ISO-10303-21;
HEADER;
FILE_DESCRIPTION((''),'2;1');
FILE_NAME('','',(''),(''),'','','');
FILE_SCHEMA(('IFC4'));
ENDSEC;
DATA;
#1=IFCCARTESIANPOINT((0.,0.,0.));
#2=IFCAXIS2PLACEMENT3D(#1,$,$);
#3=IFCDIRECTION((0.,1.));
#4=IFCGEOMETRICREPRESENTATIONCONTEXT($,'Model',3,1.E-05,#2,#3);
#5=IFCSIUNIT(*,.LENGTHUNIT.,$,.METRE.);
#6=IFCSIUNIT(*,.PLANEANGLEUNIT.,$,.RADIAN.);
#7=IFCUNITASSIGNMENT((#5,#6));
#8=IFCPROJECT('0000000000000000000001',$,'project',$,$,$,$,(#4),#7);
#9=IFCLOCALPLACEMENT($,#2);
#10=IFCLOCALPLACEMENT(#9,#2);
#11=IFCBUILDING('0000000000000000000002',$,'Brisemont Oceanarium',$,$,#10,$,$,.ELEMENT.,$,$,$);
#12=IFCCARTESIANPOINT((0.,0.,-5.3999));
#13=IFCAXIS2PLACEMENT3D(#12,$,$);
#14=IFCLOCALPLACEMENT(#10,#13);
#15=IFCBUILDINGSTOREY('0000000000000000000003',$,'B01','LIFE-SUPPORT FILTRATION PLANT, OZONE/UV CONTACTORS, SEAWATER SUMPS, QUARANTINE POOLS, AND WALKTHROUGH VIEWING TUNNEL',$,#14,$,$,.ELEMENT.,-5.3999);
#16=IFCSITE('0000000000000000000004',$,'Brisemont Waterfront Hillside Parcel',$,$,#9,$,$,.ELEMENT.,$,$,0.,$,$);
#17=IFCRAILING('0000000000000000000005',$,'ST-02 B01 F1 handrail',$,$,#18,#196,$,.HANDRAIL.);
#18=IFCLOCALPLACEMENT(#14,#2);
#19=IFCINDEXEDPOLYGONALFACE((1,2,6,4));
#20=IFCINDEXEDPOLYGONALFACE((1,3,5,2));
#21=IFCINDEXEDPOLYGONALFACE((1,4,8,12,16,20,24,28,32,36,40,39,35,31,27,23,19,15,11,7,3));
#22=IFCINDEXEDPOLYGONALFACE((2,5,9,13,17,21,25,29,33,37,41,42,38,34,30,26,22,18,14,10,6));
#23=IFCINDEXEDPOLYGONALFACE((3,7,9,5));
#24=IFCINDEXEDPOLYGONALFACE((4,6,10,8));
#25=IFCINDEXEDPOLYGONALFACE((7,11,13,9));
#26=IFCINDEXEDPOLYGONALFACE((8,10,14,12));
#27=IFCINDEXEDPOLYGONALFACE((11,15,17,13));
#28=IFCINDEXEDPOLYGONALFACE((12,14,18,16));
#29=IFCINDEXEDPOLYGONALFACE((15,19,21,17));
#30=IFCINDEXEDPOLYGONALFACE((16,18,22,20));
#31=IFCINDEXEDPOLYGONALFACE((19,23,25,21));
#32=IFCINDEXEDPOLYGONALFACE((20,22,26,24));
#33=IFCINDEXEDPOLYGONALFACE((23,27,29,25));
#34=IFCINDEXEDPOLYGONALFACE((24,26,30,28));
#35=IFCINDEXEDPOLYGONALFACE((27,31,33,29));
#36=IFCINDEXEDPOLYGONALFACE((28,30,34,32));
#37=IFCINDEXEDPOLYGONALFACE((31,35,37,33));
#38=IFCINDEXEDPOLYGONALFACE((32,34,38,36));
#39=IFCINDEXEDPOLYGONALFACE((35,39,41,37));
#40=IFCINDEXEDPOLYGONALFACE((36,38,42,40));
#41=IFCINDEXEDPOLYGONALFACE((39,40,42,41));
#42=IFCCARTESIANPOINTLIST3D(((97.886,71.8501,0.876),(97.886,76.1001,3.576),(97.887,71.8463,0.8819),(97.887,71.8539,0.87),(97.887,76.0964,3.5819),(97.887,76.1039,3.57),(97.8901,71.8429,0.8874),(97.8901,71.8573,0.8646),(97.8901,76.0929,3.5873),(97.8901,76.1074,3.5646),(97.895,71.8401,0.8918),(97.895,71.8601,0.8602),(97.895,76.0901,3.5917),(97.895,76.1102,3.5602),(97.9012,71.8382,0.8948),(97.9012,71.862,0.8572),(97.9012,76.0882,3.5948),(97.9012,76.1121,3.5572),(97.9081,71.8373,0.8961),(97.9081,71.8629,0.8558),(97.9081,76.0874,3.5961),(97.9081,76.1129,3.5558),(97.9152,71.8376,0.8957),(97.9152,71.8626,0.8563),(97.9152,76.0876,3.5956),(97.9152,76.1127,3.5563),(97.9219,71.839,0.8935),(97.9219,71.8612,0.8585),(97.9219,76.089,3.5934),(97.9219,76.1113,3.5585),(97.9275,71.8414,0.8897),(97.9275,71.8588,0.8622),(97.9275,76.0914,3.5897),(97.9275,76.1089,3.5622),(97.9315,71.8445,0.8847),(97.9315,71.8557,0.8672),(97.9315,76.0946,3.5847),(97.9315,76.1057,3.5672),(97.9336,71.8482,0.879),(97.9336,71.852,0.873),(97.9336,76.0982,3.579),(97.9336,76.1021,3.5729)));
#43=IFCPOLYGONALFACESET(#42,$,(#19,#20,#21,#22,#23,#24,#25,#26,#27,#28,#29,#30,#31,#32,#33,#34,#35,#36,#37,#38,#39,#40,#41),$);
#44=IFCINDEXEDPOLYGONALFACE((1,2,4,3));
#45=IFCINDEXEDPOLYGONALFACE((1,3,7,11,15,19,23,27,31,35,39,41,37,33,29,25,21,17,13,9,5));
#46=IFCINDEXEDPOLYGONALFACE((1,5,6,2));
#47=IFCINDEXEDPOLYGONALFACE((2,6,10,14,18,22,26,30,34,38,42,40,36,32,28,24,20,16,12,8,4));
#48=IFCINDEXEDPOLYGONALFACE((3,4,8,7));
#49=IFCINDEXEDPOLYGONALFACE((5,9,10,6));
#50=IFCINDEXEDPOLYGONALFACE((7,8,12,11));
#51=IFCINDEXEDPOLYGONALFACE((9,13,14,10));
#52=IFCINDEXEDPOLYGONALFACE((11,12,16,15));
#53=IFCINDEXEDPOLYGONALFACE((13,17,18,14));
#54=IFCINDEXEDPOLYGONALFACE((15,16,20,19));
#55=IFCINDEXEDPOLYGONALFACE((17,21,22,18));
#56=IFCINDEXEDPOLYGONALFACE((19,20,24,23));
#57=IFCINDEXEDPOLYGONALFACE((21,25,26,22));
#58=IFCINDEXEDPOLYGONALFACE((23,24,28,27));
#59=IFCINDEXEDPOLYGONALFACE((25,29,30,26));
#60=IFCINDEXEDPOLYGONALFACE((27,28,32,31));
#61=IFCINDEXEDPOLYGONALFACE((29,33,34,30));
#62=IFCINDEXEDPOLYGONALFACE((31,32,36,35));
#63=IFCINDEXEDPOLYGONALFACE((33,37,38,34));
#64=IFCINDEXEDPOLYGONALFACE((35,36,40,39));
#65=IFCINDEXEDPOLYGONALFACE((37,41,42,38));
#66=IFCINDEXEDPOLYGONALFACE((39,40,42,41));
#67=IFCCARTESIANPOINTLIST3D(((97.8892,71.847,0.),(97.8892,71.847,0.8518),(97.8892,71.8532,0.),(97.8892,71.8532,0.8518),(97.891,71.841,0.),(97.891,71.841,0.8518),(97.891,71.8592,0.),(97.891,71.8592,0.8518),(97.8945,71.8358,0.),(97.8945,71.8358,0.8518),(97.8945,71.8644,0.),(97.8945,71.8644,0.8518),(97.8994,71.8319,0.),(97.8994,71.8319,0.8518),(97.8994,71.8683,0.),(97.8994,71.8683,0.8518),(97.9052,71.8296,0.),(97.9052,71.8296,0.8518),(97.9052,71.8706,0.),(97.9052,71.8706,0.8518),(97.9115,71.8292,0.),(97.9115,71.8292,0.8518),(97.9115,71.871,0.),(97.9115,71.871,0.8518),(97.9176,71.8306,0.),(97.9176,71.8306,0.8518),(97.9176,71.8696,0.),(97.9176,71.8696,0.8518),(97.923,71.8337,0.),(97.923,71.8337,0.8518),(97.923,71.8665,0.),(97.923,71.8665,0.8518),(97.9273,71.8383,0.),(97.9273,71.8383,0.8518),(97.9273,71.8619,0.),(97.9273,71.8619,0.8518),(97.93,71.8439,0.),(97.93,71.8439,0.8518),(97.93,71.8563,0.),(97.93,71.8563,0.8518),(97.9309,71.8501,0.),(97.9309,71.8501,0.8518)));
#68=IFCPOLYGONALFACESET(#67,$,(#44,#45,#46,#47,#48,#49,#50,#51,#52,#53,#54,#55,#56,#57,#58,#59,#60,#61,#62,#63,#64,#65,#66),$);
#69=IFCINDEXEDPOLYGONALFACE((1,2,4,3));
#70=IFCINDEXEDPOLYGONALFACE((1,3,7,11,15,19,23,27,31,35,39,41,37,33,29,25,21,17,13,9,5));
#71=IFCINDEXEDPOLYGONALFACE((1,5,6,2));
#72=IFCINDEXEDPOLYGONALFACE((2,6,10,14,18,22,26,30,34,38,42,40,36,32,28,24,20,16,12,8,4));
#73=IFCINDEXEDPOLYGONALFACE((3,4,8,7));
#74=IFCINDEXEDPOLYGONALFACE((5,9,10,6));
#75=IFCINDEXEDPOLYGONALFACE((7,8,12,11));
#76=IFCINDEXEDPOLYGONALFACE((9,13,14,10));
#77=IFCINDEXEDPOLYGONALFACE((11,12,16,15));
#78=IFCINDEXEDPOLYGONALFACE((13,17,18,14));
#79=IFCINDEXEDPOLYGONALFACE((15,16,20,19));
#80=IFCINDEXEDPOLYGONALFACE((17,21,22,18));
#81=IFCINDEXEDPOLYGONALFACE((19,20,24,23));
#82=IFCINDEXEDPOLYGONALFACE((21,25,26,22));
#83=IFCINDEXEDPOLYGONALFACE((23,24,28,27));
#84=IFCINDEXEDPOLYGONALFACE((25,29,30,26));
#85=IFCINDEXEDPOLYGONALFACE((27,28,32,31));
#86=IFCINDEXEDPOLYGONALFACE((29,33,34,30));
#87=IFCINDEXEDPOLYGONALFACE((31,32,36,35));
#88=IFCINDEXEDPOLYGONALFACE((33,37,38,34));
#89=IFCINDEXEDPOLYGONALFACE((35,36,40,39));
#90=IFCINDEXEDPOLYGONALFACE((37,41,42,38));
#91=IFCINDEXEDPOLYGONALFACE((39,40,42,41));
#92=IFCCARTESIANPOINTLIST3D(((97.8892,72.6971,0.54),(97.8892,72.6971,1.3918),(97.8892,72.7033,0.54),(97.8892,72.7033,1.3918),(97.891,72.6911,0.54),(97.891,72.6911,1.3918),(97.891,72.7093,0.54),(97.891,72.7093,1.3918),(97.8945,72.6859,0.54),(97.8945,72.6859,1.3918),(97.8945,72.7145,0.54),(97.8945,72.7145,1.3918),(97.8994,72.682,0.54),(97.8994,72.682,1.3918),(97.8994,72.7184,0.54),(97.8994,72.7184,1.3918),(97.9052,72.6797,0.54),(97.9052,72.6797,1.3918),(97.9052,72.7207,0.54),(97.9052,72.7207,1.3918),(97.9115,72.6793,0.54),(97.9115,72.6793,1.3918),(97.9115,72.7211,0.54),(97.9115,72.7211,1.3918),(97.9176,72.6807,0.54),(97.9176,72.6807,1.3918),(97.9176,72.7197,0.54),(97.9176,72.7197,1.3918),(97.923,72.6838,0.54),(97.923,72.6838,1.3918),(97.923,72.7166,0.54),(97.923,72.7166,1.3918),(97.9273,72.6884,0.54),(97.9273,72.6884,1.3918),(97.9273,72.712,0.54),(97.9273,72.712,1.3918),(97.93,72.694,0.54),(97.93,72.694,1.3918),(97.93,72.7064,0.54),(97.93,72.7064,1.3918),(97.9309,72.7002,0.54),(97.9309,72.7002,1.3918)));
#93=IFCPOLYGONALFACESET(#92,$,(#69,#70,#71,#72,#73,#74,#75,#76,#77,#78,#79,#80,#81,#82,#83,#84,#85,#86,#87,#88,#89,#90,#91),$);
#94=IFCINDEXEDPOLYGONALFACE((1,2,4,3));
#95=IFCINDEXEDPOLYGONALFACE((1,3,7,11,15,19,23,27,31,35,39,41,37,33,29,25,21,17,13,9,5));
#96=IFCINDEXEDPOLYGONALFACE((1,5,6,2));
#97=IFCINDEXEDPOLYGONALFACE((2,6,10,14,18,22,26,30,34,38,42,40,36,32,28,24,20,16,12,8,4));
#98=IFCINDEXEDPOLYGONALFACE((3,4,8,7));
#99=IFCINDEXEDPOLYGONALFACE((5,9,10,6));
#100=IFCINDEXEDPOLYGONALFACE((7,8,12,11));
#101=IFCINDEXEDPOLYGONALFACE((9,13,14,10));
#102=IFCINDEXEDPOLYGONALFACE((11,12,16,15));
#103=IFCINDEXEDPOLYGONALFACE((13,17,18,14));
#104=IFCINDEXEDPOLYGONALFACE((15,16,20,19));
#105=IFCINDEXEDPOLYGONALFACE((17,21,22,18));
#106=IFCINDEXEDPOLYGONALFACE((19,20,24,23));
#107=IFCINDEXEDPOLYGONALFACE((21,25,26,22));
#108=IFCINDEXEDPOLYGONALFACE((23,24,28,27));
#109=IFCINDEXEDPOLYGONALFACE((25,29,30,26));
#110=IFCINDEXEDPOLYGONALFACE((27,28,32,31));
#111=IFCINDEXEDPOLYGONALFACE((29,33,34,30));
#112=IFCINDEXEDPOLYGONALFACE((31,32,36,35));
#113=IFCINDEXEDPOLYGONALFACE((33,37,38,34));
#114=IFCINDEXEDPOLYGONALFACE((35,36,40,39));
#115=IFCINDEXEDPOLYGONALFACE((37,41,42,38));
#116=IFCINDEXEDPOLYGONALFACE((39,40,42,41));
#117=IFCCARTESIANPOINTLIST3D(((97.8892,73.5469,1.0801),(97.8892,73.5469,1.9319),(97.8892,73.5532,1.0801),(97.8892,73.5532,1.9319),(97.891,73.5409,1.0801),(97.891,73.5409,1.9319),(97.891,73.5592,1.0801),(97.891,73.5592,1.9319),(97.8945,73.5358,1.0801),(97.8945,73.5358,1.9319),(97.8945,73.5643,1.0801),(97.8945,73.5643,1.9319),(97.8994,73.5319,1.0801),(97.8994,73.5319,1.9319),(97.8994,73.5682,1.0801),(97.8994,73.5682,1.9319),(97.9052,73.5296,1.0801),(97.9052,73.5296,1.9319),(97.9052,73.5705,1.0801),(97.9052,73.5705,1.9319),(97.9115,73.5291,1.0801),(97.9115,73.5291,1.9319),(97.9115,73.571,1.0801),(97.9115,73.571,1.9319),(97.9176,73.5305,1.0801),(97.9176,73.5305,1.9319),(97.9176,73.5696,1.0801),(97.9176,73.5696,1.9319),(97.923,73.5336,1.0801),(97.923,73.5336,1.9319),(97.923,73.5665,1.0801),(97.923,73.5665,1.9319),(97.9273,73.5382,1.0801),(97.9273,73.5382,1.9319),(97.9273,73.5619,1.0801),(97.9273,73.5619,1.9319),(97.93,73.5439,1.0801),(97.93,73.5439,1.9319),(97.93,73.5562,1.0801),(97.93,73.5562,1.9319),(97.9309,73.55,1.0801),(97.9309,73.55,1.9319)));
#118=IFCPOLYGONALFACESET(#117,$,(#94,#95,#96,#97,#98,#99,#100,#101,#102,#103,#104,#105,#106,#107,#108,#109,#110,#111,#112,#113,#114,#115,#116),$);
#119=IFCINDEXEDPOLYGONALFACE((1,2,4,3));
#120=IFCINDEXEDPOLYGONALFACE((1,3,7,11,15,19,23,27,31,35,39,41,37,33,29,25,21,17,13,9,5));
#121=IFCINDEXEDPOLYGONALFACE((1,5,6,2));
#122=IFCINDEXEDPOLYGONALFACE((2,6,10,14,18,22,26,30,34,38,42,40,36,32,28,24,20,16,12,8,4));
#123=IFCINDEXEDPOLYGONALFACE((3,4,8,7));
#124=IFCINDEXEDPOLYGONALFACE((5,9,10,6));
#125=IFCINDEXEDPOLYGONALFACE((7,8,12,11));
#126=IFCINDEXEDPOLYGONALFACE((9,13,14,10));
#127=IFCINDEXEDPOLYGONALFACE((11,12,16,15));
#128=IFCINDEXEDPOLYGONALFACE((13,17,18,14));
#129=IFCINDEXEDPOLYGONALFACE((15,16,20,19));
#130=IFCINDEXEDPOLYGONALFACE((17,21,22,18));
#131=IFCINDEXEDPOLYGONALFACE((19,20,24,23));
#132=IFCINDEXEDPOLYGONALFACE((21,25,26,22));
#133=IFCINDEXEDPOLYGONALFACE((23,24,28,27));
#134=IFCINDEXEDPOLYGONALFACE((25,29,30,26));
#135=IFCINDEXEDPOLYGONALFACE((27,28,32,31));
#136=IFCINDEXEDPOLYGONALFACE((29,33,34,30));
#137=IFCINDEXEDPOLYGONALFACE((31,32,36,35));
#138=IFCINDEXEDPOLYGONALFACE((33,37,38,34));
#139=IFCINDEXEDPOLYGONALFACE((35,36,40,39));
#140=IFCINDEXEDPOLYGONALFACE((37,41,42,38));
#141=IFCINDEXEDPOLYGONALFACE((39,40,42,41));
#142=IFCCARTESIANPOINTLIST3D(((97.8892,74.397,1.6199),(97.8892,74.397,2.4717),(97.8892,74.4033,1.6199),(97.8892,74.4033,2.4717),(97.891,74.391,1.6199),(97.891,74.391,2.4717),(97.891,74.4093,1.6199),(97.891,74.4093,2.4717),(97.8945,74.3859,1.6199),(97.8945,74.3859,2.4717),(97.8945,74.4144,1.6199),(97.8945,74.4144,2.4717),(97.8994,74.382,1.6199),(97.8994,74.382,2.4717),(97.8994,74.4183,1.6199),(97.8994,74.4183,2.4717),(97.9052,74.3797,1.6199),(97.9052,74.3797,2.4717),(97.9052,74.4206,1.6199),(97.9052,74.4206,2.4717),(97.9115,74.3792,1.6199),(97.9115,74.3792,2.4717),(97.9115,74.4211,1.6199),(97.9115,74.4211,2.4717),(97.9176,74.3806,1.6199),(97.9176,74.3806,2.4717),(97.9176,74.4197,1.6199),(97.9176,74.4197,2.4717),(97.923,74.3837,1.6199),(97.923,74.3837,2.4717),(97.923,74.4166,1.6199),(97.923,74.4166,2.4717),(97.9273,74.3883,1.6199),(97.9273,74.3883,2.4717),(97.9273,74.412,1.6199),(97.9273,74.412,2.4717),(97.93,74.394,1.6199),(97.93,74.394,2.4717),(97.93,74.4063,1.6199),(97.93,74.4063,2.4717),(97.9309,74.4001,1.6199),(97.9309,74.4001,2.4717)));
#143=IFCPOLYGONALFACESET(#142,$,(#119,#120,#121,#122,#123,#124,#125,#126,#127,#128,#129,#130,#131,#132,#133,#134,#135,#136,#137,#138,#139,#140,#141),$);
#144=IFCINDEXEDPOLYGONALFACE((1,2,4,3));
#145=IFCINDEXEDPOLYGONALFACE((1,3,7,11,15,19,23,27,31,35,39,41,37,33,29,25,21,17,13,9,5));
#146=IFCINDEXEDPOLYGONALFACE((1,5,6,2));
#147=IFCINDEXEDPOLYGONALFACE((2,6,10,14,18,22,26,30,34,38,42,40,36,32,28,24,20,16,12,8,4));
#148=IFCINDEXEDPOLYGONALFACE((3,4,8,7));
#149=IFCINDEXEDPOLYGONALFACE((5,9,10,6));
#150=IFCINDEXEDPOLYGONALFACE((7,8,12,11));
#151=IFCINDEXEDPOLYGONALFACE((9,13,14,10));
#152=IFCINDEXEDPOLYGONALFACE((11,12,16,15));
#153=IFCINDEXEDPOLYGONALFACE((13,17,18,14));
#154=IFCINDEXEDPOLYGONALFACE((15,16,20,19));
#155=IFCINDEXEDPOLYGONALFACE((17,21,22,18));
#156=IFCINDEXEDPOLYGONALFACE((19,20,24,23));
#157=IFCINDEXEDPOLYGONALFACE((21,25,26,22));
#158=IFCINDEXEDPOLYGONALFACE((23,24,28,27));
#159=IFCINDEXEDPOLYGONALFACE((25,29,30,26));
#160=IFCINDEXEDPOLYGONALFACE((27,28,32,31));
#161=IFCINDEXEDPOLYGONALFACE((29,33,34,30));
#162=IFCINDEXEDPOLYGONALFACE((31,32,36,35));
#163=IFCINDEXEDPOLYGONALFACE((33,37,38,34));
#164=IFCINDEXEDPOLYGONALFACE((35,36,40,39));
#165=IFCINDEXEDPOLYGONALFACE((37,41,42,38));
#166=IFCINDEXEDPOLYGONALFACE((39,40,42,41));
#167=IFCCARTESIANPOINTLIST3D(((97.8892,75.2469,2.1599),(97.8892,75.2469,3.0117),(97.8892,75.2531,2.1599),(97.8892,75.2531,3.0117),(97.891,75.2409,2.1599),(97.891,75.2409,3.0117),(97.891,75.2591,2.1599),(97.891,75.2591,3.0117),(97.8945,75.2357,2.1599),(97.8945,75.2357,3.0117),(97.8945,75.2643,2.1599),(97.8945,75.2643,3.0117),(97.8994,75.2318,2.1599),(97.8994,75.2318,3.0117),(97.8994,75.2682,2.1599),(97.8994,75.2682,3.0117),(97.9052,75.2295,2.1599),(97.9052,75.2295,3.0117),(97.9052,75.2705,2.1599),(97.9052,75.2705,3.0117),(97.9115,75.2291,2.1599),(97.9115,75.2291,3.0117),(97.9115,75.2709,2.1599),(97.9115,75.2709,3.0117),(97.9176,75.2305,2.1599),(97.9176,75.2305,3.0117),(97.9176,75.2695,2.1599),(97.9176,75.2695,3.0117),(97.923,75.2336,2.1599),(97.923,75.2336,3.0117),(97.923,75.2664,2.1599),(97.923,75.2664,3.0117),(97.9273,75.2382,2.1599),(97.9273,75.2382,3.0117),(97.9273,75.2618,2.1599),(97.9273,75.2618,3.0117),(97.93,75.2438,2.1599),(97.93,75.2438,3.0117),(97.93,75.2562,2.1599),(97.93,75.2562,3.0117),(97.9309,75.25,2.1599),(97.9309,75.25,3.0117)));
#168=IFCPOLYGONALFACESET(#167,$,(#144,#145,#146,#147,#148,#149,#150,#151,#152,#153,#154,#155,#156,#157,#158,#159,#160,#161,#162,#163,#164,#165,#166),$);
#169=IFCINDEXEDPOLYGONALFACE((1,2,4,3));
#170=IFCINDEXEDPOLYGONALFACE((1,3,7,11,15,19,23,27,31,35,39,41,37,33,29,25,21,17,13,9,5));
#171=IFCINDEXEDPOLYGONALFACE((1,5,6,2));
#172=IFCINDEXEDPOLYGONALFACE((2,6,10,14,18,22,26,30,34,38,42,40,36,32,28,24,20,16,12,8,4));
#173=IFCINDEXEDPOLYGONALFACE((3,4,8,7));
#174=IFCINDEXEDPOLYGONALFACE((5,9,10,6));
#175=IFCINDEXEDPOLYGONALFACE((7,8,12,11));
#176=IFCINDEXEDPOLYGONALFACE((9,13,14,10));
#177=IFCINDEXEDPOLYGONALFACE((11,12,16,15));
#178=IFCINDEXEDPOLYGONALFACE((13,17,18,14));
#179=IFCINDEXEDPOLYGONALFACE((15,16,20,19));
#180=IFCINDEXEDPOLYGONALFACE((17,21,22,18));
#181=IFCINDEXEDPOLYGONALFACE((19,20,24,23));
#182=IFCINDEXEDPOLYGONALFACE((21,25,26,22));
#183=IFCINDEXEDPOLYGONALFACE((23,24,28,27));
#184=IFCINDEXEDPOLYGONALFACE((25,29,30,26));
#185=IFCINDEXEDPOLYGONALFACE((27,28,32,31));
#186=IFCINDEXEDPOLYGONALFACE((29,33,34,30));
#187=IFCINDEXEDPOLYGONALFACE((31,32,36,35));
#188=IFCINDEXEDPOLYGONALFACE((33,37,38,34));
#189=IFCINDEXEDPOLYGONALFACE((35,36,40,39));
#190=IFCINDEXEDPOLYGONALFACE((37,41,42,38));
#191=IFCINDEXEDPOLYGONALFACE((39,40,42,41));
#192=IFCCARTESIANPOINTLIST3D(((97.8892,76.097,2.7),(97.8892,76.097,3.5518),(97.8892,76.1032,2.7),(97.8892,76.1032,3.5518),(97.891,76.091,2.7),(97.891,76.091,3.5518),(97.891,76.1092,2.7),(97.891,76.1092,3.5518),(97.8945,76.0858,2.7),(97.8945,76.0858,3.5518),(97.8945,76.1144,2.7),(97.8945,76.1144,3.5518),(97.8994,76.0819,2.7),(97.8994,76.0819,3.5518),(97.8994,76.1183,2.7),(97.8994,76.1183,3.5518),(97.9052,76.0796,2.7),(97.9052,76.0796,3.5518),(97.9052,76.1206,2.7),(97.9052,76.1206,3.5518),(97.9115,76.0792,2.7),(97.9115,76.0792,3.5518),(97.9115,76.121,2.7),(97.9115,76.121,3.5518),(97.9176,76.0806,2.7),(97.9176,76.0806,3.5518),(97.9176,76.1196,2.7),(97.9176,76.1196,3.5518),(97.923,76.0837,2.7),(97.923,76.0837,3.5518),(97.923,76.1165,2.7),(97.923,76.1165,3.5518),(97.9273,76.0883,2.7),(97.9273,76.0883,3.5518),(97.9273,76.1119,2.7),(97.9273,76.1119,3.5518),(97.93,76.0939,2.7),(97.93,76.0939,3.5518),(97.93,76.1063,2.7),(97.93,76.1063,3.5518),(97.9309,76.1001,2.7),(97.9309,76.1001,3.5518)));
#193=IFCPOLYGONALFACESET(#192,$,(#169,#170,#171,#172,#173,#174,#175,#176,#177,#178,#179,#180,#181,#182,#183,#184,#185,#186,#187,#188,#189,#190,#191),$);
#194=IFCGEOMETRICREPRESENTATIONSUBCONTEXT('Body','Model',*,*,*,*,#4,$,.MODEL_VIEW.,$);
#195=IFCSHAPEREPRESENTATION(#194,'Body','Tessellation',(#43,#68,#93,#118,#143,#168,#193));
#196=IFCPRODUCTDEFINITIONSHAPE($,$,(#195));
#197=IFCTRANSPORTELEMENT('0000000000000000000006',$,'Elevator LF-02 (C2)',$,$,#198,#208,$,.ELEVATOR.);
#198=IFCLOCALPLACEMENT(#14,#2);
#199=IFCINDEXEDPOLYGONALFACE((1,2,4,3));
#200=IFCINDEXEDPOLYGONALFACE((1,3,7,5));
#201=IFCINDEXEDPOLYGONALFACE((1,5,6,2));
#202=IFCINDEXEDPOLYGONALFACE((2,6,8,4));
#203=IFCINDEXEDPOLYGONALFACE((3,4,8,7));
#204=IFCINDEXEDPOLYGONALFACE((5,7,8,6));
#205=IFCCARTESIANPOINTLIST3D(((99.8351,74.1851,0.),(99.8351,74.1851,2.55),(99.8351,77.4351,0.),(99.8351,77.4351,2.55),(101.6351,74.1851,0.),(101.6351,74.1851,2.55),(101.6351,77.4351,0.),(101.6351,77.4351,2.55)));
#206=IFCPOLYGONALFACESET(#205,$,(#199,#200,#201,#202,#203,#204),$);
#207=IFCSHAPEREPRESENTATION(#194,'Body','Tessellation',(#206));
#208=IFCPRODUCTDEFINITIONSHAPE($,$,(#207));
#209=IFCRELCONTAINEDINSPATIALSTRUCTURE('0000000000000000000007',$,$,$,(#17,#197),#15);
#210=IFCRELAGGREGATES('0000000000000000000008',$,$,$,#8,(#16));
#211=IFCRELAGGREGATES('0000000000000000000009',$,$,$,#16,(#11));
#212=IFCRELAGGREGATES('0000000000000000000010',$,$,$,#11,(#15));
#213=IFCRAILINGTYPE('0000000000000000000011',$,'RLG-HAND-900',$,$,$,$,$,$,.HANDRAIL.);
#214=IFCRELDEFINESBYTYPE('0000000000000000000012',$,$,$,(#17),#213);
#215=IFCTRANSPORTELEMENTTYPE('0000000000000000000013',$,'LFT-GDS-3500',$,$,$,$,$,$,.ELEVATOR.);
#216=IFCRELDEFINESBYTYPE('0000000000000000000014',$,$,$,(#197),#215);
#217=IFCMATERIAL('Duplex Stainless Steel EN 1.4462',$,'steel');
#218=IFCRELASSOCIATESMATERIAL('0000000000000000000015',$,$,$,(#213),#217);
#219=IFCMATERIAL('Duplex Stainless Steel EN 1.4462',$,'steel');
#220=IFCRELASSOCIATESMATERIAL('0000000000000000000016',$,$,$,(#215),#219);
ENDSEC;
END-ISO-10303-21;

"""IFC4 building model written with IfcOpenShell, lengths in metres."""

from ifc_helpers import new_model, si_unit, direction, frame, origin, origin_2d, place, context, subcontext, project, spatial, rectangle, circle, extrude, material, type_object, element, save


model = new_model("IFC4")

# Units and contexts
model_context = context("Model", 3, precision=1e-05, world=origin(), true_north=direction((0.0, 1.0)))
body_context = subcontext(model_context, "Body", "Model", "MODEL_VIEW")
ifc_project = project(units=[si_unit("LENGTHUNIT", "METRE"), si_unit("PLANEANGLEUNIT", "RADIAN")], contexts=[model_context])

# Site, building, storey
site_placement = place(None, origin())
site = spatial("IfcSite", under=ifc_project, at=site_placement, Name="Brisemont Waterfront Hillside Parcel", CompositionType="ELEMENT", RefElevation=0.0)
building_placement = place(site_placement, origin())
building = spatial("IfcBuilding", under=site, at=building_placement, Name="Brisemont Oceanarium", CompositionType="ELEMENT")
storey_placement = place(building_placement, frame((0.0, 0.0, -5.3999)))
storey = spatial("IfcBuildingStorey", under=building, at=storey_placement, Name="B01", Description="LIFE-SUPPORT FILTRATION PLANT, OZONE/UV CONTACTORS, SEAWATER SUMPS, QUARANTINE POOLS, AND WALKTHROUGH VIEWING TUNNEL", CompositionType="ELEMENT", Elevation=-5.3999)

# Railing
ifc_material_1 = material(Name="Duplex Stainless Steel EN 1.4462", Category="steel")
railing_type_1 = type_object("IfcRailingType", Name="RLG-HAND-900", PredefinedType="HANDRAIL", material=ifc_material_1)
railing_1_placement = place(storey_placement, frame((97.9099, 71.8501, 0.0)))
element("IfcRailing", 1, at=railing_1_placement, inside=storey, type_object=railing_type_1, Name="ST-02 B01 F1 handrail", PredefinedType="HANDRAIL", context=body_context, shape_type="SweptSolid", body=[
    extrude(circle(Radius=0.0239, at=origin_2d()), frame((0.0, 0.0, 0.876), z_axis=(0.0, 0.844075, 0.536226), x_axis=(-1.0, 0.0, 0.0)), (0.0, 0.0, 1.0), 5.0352),
    extrude(circle(Radius=0.021, at=origin_2d()), origin(), (0.0, 0.0, 1.0), 0.8518),
    extrude(circle(Radius=0.021, at=origin_2d()), frame((0.0, 0.8501, 0.54)), (0.0, 0.0, 1.0), 0.8518),
    extrude(circle(Radius=0.021, at=origin_2d()), frame((0.0, 1.7, 1.0801)), (0.0, 0.0, 1.0), 0.8518),
    extrude(circle(Radius=0.021, at=origin_2d()), frame((0.0, 2.55, 1.6199)), (0.0, 0.0, 1.0), 0.8518),
    extrude(circle(Radius=0.021, at=origin_2d()), frame((0.0, 3.3999, 2.1599)), (0.0, 0.0, 1.0), 0.8518),
    extrude(circle(Radius=0.021, at=origin_2d()), frame((0.0, 4.25, 2.7)), (0.0, 0.0, 1.0), 0.8518),
])

# Transport element
ifc_material_2 = material(Name="Duplex Stainless Steel EN 1.4462", Category="steel")
transport_element_type = type_object("IfcTransportElementType", Name="LFT-GDS-3500", PredefinedType="ELEVATOR", material=ifc_material_2)
transport_element_placement = place(storey_placement, frame((100.7351, 75.8101, 0.0), z_axis=(0.0, 0.0, 1.0), x_axis=(1.0, 0.0, 0.0)))
element("IfcTransportElement", 2, at=transport_element_placement, inside=storey, type_object=transport_element_type, Name="Elevator LF-02 (C2)", PredefinedType="ELEVATOR", context=body_context, shape_type="SweptSolid", body=[
    extrude(rectangle(XDim=1.8, YDim=3.25, at=origin_2d()), origin(), (0.0, 0.0, 1.0), 2.55),
])

save(model, "model.ifc")
